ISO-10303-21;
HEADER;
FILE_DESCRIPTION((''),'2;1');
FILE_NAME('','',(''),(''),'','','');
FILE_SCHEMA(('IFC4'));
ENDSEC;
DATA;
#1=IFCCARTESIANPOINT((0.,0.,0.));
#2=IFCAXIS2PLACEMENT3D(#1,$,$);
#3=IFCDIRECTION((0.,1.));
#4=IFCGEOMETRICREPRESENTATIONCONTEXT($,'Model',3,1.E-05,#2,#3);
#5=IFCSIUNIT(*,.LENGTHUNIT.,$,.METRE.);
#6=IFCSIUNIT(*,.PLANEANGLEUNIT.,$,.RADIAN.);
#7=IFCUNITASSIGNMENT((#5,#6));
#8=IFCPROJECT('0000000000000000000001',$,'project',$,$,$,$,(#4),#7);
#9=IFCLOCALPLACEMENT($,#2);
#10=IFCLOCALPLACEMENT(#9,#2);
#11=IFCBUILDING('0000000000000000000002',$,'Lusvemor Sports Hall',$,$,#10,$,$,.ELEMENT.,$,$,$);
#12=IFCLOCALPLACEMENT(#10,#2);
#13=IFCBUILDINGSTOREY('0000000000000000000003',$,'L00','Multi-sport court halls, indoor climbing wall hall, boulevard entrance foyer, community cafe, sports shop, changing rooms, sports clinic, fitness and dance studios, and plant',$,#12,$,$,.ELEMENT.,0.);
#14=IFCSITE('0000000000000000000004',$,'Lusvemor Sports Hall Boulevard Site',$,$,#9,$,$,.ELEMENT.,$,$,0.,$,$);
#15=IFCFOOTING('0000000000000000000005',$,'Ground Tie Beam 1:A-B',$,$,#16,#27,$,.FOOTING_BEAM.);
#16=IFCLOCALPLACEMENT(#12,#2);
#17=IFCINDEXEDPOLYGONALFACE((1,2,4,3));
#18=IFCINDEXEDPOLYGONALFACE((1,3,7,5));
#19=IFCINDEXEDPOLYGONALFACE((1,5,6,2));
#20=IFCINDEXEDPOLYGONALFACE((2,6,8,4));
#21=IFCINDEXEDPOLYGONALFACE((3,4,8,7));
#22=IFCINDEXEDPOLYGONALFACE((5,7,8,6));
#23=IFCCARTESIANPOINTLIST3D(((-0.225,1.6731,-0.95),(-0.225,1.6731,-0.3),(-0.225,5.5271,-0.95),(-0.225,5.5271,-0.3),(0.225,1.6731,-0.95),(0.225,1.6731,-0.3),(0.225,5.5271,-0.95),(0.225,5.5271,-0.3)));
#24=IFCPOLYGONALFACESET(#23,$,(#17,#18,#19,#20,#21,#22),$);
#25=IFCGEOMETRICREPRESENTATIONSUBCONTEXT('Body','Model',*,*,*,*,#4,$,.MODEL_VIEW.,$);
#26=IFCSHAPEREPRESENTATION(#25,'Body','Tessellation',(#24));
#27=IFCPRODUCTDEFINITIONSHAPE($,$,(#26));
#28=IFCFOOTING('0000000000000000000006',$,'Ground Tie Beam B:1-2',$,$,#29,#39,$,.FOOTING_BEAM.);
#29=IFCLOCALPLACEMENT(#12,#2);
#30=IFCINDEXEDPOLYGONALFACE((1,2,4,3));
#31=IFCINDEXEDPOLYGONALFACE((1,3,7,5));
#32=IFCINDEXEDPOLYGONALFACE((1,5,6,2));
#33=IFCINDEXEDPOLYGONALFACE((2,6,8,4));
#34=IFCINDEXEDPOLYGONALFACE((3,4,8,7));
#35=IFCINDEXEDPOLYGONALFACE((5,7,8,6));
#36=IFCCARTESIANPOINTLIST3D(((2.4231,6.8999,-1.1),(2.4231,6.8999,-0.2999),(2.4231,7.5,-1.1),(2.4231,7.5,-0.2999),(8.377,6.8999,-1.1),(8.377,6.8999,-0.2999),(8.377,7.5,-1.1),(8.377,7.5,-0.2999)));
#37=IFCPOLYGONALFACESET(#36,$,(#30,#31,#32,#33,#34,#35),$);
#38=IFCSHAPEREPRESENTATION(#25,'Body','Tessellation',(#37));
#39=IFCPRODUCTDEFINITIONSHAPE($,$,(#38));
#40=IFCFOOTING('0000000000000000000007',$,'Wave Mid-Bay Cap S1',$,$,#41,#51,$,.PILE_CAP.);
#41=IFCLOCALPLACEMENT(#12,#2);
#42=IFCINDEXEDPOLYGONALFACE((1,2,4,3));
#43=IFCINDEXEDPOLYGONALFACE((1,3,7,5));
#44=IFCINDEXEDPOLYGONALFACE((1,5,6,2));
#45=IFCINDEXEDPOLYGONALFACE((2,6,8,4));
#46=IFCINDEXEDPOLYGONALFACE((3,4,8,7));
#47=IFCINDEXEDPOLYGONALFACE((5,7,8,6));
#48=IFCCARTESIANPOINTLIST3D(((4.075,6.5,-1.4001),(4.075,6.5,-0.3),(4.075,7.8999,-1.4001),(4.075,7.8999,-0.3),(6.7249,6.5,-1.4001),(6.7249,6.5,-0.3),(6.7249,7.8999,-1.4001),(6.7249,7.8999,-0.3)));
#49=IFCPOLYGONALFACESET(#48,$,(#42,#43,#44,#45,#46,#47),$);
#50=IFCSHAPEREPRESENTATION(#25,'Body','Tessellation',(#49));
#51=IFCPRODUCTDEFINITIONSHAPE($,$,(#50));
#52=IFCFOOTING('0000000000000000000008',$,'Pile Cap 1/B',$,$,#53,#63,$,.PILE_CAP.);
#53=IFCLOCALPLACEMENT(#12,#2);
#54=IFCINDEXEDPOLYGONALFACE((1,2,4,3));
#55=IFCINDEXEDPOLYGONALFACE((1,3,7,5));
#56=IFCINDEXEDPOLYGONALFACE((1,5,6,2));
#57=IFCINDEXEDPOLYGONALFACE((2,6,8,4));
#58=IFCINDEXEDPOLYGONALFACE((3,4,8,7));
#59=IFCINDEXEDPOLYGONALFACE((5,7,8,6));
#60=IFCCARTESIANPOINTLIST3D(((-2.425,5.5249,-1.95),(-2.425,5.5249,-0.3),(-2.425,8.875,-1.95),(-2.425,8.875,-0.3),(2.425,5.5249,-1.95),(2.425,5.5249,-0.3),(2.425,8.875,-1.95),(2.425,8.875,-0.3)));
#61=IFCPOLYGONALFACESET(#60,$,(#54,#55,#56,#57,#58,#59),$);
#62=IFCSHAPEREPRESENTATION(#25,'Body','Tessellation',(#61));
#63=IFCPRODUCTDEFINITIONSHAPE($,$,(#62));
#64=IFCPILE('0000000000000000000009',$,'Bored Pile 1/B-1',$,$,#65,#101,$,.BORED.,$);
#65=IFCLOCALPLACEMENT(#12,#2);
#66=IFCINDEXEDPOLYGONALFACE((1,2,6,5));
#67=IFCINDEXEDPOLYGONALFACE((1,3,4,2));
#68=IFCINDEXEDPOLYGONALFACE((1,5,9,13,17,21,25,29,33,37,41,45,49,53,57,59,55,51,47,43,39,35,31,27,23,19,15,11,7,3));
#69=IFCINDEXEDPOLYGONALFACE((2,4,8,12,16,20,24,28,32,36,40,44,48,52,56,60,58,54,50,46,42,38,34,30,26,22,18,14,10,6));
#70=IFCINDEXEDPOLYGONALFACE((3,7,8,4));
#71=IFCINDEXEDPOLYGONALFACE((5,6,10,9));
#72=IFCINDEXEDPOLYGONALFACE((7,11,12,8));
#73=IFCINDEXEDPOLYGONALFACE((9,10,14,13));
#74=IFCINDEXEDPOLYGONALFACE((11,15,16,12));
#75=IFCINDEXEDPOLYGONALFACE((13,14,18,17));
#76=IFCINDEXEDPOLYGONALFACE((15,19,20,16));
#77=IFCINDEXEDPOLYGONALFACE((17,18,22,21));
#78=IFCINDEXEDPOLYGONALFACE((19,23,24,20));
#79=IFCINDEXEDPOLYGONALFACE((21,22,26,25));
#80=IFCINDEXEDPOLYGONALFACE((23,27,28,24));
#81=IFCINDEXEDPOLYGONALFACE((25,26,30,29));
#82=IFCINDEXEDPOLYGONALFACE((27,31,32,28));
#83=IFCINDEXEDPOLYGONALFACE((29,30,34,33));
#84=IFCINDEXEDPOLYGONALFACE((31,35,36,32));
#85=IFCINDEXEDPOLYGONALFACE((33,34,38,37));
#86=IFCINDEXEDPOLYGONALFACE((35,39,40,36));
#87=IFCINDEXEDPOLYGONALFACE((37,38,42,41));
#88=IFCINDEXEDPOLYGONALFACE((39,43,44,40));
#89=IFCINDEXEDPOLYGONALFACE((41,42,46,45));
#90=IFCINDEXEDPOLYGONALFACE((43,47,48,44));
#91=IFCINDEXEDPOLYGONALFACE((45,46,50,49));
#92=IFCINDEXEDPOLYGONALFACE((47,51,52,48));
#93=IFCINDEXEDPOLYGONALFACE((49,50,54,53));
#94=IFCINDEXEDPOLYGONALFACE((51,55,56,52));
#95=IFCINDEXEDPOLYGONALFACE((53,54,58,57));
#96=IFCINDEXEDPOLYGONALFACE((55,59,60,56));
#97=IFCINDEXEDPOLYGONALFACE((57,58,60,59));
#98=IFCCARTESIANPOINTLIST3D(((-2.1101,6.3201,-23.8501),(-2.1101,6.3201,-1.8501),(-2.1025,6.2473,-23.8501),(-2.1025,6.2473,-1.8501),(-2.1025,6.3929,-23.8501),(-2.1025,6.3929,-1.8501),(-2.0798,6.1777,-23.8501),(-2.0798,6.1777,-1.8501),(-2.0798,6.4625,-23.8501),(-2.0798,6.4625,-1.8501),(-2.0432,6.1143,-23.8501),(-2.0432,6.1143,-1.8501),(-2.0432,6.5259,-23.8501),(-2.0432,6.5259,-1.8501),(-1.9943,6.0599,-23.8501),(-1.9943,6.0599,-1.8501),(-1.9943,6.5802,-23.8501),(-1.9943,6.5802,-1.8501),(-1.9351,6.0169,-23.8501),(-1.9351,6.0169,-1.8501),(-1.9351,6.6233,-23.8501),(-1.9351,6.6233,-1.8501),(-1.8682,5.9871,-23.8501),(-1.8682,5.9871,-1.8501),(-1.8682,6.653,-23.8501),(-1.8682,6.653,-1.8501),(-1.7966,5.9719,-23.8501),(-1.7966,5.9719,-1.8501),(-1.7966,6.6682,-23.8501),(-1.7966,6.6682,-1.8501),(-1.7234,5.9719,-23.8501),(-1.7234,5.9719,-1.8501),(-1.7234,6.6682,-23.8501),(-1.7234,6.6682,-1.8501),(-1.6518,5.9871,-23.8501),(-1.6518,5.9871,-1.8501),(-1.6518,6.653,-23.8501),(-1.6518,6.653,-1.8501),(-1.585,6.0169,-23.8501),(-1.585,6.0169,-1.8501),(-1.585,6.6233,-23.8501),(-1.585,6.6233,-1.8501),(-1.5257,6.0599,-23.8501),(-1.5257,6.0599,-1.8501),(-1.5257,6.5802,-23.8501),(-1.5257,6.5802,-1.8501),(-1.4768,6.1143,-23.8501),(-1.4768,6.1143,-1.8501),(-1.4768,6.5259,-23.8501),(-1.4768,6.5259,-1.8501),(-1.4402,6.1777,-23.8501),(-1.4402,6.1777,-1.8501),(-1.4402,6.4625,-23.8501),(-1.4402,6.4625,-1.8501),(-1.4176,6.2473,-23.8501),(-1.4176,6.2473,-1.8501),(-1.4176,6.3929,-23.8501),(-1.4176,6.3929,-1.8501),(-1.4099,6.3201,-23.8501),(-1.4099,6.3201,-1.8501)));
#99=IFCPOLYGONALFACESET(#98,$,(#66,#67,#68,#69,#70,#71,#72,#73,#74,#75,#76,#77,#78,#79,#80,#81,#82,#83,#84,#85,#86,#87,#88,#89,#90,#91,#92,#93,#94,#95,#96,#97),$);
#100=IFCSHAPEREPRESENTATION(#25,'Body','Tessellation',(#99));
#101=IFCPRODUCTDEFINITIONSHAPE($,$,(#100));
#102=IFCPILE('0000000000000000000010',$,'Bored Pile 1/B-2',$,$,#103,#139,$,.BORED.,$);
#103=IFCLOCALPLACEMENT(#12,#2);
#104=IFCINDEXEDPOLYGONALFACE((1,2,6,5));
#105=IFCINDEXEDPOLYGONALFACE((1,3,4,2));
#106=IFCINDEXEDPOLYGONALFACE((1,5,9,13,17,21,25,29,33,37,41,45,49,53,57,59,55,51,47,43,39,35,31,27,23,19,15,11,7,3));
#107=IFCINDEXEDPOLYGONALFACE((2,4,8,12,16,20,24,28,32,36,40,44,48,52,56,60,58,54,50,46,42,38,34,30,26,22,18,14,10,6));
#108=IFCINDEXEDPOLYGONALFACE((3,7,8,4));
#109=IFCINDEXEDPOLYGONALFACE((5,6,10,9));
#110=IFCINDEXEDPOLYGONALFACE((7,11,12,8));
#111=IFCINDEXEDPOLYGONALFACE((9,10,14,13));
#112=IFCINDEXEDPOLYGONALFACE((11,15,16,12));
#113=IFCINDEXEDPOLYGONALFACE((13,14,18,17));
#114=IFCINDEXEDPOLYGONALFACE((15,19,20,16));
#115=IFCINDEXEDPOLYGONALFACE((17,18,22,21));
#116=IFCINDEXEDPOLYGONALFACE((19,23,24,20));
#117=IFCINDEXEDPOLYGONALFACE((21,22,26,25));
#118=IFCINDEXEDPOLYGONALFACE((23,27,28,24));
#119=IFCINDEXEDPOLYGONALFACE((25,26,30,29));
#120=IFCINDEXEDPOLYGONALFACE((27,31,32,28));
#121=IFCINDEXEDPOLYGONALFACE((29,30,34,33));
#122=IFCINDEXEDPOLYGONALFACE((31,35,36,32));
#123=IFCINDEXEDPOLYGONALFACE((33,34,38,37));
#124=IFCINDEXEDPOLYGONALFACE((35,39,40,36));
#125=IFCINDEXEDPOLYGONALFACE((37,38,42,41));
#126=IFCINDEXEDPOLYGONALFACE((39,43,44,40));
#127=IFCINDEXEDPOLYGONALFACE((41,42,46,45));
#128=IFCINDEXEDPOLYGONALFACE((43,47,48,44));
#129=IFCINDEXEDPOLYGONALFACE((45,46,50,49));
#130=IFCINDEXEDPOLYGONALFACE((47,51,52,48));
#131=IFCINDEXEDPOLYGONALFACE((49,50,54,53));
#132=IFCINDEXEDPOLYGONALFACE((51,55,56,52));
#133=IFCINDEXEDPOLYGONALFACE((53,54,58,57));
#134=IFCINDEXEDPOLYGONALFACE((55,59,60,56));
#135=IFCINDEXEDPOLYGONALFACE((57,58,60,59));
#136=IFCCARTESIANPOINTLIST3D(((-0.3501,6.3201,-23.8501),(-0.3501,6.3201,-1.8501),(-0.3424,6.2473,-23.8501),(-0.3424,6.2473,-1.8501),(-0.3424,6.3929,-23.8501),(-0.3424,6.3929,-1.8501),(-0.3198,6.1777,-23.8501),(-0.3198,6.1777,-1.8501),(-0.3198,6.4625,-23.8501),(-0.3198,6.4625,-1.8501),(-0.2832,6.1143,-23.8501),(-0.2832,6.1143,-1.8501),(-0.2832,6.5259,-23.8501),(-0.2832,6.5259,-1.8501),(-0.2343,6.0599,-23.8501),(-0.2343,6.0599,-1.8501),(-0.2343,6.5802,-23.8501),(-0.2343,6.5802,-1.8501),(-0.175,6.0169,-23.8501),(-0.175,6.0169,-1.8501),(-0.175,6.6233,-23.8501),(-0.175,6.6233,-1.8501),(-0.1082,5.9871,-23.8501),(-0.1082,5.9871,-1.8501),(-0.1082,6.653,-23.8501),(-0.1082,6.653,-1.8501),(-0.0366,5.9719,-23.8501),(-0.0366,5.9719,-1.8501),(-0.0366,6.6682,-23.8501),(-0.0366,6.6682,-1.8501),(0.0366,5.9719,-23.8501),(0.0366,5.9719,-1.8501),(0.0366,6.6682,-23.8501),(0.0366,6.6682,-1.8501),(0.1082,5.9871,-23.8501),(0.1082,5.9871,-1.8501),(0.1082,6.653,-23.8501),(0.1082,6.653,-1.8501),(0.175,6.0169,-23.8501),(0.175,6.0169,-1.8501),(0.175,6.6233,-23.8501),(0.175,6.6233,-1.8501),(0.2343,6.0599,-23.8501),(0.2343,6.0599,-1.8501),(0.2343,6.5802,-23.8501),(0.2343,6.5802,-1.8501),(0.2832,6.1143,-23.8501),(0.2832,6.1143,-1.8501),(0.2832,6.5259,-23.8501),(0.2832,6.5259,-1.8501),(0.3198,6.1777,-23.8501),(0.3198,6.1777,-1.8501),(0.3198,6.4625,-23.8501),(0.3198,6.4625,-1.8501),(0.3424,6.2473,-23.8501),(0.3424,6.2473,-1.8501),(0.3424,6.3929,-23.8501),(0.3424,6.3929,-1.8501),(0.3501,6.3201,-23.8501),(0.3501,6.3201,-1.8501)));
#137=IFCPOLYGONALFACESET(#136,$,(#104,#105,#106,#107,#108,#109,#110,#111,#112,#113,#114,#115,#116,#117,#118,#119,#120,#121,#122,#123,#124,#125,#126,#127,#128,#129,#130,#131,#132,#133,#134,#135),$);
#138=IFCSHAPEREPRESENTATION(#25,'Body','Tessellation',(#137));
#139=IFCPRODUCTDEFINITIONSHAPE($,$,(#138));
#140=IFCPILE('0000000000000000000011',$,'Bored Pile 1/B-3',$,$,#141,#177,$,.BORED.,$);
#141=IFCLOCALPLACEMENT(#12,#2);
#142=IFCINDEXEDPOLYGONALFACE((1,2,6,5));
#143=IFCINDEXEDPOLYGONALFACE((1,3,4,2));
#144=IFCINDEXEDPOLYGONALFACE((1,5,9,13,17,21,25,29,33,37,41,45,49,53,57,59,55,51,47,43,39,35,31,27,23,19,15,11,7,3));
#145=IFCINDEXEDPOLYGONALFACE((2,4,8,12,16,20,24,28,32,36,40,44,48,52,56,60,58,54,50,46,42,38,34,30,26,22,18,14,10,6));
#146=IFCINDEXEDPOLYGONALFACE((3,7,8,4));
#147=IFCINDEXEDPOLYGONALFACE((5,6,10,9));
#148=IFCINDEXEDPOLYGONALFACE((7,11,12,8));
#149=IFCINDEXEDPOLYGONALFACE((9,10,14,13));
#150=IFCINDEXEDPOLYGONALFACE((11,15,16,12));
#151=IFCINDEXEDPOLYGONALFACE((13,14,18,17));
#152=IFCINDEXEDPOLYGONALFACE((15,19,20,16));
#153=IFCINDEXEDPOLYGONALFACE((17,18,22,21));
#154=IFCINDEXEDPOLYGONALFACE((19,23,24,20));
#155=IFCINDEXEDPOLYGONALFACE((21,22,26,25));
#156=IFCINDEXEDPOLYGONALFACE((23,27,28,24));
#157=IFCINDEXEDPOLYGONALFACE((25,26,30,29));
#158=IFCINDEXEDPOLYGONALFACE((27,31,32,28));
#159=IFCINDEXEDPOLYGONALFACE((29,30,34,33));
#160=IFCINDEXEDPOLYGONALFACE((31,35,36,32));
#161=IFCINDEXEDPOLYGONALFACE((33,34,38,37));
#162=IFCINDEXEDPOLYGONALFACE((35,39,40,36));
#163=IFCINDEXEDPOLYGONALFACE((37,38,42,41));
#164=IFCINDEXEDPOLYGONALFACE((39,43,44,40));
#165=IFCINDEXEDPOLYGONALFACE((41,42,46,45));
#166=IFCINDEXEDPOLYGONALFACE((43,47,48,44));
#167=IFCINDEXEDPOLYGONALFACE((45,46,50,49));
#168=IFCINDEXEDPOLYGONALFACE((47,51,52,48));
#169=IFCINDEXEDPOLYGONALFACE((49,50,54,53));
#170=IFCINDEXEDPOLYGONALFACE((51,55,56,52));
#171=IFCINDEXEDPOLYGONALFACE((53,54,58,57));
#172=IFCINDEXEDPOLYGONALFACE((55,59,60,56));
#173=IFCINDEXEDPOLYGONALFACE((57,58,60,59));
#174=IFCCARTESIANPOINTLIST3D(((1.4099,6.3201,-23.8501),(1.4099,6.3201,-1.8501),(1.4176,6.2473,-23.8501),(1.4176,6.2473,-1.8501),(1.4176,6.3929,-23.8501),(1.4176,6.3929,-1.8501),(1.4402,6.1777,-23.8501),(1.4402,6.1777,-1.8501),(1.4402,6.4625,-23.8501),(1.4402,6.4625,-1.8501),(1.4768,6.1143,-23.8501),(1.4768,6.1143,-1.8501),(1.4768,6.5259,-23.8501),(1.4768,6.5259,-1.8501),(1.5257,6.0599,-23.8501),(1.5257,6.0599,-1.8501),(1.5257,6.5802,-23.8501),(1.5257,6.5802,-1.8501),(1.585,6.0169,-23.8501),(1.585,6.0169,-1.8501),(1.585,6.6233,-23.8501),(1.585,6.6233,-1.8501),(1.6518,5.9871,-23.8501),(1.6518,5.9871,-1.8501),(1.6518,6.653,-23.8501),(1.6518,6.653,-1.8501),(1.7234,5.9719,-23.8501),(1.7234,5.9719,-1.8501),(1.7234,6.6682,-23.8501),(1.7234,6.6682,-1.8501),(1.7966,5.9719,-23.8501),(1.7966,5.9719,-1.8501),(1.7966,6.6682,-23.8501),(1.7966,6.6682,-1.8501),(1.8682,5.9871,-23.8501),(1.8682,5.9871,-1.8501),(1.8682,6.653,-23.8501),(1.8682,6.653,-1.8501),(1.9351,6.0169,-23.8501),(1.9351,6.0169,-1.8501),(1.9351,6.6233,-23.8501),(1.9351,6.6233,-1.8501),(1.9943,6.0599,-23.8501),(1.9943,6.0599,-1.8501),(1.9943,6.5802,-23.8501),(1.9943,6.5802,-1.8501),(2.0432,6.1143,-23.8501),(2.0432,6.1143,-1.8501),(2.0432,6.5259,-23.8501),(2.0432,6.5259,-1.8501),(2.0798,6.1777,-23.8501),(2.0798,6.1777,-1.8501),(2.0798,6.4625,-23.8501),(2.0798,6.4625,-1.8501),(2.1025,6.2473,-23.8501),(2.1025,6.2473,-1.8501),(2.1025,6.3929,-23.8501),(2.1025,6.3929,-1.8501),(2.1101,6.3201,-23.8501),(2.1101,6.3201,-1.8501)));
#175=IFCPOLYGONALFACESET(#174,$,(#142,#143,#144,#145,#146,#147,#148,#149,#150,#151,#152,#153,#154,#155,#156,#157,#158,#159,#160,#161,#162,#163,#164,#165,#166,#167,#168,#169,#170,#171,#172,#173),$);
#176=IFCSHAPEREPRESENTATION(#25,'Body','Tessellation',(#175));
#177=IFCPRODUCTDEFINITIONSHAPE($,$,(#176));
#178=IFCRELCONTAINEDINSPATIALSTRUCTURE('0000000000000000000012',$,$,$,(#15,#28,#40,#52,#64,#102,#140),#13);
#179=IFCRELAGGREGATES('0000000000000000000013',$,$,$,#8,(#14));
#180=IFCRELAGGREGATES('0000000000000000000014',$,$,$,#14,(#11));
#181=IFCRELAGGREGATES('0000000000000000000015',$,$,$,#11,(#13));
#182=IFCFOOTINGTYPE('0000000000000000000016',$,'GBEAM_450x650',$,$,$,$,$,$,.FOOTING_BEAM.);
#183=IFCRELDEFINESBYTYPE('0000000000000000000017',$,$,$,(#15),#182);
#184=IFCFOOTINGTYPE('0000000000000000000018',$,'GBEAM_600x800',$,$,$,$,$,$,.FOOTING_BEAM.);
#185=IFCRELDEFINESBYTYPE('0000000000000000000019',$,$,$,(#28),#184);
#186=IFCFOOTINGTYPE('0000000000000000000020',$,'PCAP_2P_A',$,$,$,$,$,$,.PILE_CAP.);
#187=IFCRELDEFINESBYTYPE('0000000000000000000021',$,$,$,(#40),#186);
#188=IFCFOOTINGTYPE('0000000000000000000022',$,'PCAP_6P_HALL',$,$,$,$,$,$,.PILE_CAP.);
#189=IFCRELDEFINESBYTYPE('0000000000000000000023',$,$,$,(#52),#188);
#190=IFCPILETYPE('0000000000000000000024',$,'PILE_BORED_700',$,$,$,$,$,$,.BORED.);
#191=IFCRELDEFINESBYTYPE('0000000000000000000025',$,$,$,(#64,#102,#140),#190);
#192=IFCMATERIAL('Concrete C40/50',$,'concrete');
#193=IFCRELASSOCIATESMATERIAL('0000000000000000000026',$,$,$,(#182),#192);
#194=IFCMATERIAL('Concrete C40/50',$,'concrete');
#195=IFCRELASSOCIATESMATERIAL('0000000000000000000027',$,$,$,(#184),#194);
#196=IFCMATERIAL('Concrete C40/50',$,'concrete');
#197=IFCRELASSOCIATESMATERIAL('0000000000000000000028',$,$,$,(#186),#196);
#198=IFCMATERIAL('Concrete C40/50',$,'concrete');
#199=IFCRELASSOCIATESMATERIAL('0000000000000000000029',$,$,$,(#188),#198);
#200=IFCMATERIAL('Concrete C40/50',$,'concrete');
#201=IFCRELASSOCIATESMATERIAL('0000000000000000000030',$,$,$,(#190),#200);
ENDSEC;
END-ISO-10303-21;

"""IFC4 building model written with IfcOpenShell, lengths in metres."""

from ifc_helpers import new_model, si_unit, direction, frame, origin, origin_2d, place, context, subcontext, project, spatial, rectangle, circle, extrude, material, material_profile, profile_set, type_object, element, save


model = new_model("IFC4")

# Units and contexts
model_context = context("Model", 3, precision=1e-05, world=origin(), true_north=direction((0.0, 1.0)))
body_context = subcontext(model_context, "Body", "Model", "MODEL_VIEW")
ifc_project = project(units=[si_unit("LENGTHUNIT", "METRE"), si_unit("PLANEANGLEUNIT", "RADIAN")], contexts=[model_context])

# Site, building, storey
site_placement = place(None, origin())
site = spatial("IfcSite", under=ifc_project, at=site_placement, Name="Lusvemor Sports Hall Boulevard Site", CompositionType="ELEMENT", RefElevation=0.0)
building_placement = place(site_placement, origin())
building = spatial("IfcBuilding", under=site, at=building_placement, Name="Lusvemor Sports Hall", CompositionType="ELEMENT")
storey_placement = place(building_placement, origin())
storey = spatial("IfcBuildingStorey", under=building, at=storey_placement, Name="L00", Description="Multi-sport court halls, indoor climbing wall hall, boulevard entrance foyer, community cafe, sports shop, changing rooms, sports clinic, fitness and dance studios, and plant", CompositionType="ELEMENT", Elevation=0.0)

# Footings
ifc_material_1 = material(Name="Concrete C40/50", Category="concrete")
ifc_material_profile_1 = material_profile(ifc_material_1, rectangle(XDim=0.45, YDim=0.6499, at=origin_2d()), Name="GB_450x650")
ifc_profile_set_1 = profile_set([ifc_material_profile_1], Name="Concrete C40/50")
footing_type_1 = type_object("IfcFootingType", Name="GBEAM_450x650", PredefinedType="FOOTING_BEAM", material=ifc_profile_set_1)
footing_1_placement = place(storey_placement, frame((0.0, 1.6731, -0.625), z_axis=(0.0, 1.0, 0.0), x_axis=(-1.0, 0.0, 0.0)))
element("IfcFooting", 1, at=footing_1_placement, inside=storey, type_object=footing_type_1, Name="Ground Tie Beam 1:A-B", PredefinedType="FOOTING_BEAM", context=body_context, shape_type="SweptSolid", body=[
    extrude(rectangle(XDim=0.45, YDim=0.6499, at=origin_2d()), origin(), (0.0, 0.0, 1.0), 3.854),
])
ifc_material_2 = material(Name="Concrete C40/50", Category="concrete")
ifc_material_profile_2 = material_profile(ifc_material_2, rectangle(XDim=0.6001, YDim=0.8, at=origin_2d()), Name="GB_600x800")
ifc_profile_set_2 = profile_set([ifc_material_profile_2], Name="Concrete C40/50")
footing_type_2 = type_object("IfcFootingType", Name="GBEAM_600x800", PredefinedType="FOOTING_BEAM", material=ifc_profile_set_2)
footing_2_placement = place(storey_placement, frame((2.4231, 7.2, -0.7), z_axis=(1.0, 0.0, 0.0), x_axis=(0.0, 1.0, 0.0)))
element("IfcFooting", 2, at=footing_2_placement, inside=storey, type_object=footing_type_2, Name="Ground Tie Beam B:1-2", PredefinedType="FOOTING_BEAM", context=body_context, shape_type="SweptSolid", body=[
    extrude(rectangle(XDim=0.6001, YDim=0.8, at=origin_2d()), origin(), (0.0, 0.0, 1.0), 5.9539),
])
ifc_material_3 = material(Name="Concrete C40/50", Category="concrete")
footing_type_3 = type_object("IfcFootingType", Name="PCAP_2P_A", PredefinedType="PILE_CAP", material=ifc_material_3)
footing_3_placement = place(storey_placement, frame((5.3999, 7.2, -1.4001), z_axis=(0.0, 0.0, 1.0), x_axis=(1.0, 0.0, 0.0)))
element("IfcFooting", 3, at=footing_3_placement, inside=storey, type_object=footing_type_3, Name="Wave Mid-Bay Cap S1", PredefinedType="PILE_CAP", context=body_context, shape_type="SweptSolid", body=[
    extrude(rectangle(XDim=2.6499, YDim=1.3999, at=origin_2d()), origin(), (0.0, 0.0, 1.0), 1.1001),
])
ifc_material_4 = material(Name="Concrete C40/50", Category="concrete")
footing_type_4 = type_object("IfcFootingType", Name="PCAP_6P_HALL", PredefinedType="PILE_CAP", material=ifc_material_4)
footing_4_placement = place(storey_placement, frame((0.0, 7.2, -1.95), z_axis=(0.0, 0.0, 1.0), x_axis=(1.0, 0.0, 0.0)))
element("IfcFooting", 4, at=footing_4_placement, inside=storey, type_object=footing_type_4, Name="Pile Cap 1/B", PredefinedType="PILE_CAP", context=body_context, shape_type="SweptSolid", body=[
    extrude(rectangle(XDim=4.8501, YDim=3.3501, at=origin_2d()), origin(), (0.0, 0.0, 1.0), 1.6499),
])

# Piles
ifc_material_5 = material(Name="Concrete C40/50", Category="concrete")
ifc_material_profile_3 = material_profile(ifc_material_5, circle(Radius=0.3501, at=origin_2d()), Name="PILE700")
ifc_profile_set_3 = profile_set([ifc_material_profile_3], Name="Concrete C40/50")
pile_type = type_object("IfcPileType", Name="PILE_BORED_700", PredefinedType="BORED", material=ifc_profile_set_3)
for number, where, z_axis, x_axis, name in (
    (5, (-1.76, 6.3201, -1.8501), (0.0, 0.0, -1.0), (1.0, 0.0, 0.0), "Bored Pile 1/B-1"),
    (6, (0.0, 6.3201, -1.8501), (0.0, 0.0, -1.0), (1.0, 0.0, 0.0), "Bored Pile 1/B-2"),
    (7, (1.76, 6.3201, -1.8501), (0.0, 0.0, -1.0), (1.0, 0.0, 0.0), "Bored Pile 1/B-3"),
):
    element("IfcPile", number, at=place(storey_placement, frame(where, z_axis=z_axis, x_axis=x_axis)), inside=storey, type_object=pile_type, Name=name, PredefinedType="BORED", context=body_context, shape_type="SweptSolid", body=[
        extrude(circle(Radius=0.3501, at=origin_2d()), origin(), (0.0, 0.0, 1.0), 22.0),
    ])

save(model, "model.ifc")
